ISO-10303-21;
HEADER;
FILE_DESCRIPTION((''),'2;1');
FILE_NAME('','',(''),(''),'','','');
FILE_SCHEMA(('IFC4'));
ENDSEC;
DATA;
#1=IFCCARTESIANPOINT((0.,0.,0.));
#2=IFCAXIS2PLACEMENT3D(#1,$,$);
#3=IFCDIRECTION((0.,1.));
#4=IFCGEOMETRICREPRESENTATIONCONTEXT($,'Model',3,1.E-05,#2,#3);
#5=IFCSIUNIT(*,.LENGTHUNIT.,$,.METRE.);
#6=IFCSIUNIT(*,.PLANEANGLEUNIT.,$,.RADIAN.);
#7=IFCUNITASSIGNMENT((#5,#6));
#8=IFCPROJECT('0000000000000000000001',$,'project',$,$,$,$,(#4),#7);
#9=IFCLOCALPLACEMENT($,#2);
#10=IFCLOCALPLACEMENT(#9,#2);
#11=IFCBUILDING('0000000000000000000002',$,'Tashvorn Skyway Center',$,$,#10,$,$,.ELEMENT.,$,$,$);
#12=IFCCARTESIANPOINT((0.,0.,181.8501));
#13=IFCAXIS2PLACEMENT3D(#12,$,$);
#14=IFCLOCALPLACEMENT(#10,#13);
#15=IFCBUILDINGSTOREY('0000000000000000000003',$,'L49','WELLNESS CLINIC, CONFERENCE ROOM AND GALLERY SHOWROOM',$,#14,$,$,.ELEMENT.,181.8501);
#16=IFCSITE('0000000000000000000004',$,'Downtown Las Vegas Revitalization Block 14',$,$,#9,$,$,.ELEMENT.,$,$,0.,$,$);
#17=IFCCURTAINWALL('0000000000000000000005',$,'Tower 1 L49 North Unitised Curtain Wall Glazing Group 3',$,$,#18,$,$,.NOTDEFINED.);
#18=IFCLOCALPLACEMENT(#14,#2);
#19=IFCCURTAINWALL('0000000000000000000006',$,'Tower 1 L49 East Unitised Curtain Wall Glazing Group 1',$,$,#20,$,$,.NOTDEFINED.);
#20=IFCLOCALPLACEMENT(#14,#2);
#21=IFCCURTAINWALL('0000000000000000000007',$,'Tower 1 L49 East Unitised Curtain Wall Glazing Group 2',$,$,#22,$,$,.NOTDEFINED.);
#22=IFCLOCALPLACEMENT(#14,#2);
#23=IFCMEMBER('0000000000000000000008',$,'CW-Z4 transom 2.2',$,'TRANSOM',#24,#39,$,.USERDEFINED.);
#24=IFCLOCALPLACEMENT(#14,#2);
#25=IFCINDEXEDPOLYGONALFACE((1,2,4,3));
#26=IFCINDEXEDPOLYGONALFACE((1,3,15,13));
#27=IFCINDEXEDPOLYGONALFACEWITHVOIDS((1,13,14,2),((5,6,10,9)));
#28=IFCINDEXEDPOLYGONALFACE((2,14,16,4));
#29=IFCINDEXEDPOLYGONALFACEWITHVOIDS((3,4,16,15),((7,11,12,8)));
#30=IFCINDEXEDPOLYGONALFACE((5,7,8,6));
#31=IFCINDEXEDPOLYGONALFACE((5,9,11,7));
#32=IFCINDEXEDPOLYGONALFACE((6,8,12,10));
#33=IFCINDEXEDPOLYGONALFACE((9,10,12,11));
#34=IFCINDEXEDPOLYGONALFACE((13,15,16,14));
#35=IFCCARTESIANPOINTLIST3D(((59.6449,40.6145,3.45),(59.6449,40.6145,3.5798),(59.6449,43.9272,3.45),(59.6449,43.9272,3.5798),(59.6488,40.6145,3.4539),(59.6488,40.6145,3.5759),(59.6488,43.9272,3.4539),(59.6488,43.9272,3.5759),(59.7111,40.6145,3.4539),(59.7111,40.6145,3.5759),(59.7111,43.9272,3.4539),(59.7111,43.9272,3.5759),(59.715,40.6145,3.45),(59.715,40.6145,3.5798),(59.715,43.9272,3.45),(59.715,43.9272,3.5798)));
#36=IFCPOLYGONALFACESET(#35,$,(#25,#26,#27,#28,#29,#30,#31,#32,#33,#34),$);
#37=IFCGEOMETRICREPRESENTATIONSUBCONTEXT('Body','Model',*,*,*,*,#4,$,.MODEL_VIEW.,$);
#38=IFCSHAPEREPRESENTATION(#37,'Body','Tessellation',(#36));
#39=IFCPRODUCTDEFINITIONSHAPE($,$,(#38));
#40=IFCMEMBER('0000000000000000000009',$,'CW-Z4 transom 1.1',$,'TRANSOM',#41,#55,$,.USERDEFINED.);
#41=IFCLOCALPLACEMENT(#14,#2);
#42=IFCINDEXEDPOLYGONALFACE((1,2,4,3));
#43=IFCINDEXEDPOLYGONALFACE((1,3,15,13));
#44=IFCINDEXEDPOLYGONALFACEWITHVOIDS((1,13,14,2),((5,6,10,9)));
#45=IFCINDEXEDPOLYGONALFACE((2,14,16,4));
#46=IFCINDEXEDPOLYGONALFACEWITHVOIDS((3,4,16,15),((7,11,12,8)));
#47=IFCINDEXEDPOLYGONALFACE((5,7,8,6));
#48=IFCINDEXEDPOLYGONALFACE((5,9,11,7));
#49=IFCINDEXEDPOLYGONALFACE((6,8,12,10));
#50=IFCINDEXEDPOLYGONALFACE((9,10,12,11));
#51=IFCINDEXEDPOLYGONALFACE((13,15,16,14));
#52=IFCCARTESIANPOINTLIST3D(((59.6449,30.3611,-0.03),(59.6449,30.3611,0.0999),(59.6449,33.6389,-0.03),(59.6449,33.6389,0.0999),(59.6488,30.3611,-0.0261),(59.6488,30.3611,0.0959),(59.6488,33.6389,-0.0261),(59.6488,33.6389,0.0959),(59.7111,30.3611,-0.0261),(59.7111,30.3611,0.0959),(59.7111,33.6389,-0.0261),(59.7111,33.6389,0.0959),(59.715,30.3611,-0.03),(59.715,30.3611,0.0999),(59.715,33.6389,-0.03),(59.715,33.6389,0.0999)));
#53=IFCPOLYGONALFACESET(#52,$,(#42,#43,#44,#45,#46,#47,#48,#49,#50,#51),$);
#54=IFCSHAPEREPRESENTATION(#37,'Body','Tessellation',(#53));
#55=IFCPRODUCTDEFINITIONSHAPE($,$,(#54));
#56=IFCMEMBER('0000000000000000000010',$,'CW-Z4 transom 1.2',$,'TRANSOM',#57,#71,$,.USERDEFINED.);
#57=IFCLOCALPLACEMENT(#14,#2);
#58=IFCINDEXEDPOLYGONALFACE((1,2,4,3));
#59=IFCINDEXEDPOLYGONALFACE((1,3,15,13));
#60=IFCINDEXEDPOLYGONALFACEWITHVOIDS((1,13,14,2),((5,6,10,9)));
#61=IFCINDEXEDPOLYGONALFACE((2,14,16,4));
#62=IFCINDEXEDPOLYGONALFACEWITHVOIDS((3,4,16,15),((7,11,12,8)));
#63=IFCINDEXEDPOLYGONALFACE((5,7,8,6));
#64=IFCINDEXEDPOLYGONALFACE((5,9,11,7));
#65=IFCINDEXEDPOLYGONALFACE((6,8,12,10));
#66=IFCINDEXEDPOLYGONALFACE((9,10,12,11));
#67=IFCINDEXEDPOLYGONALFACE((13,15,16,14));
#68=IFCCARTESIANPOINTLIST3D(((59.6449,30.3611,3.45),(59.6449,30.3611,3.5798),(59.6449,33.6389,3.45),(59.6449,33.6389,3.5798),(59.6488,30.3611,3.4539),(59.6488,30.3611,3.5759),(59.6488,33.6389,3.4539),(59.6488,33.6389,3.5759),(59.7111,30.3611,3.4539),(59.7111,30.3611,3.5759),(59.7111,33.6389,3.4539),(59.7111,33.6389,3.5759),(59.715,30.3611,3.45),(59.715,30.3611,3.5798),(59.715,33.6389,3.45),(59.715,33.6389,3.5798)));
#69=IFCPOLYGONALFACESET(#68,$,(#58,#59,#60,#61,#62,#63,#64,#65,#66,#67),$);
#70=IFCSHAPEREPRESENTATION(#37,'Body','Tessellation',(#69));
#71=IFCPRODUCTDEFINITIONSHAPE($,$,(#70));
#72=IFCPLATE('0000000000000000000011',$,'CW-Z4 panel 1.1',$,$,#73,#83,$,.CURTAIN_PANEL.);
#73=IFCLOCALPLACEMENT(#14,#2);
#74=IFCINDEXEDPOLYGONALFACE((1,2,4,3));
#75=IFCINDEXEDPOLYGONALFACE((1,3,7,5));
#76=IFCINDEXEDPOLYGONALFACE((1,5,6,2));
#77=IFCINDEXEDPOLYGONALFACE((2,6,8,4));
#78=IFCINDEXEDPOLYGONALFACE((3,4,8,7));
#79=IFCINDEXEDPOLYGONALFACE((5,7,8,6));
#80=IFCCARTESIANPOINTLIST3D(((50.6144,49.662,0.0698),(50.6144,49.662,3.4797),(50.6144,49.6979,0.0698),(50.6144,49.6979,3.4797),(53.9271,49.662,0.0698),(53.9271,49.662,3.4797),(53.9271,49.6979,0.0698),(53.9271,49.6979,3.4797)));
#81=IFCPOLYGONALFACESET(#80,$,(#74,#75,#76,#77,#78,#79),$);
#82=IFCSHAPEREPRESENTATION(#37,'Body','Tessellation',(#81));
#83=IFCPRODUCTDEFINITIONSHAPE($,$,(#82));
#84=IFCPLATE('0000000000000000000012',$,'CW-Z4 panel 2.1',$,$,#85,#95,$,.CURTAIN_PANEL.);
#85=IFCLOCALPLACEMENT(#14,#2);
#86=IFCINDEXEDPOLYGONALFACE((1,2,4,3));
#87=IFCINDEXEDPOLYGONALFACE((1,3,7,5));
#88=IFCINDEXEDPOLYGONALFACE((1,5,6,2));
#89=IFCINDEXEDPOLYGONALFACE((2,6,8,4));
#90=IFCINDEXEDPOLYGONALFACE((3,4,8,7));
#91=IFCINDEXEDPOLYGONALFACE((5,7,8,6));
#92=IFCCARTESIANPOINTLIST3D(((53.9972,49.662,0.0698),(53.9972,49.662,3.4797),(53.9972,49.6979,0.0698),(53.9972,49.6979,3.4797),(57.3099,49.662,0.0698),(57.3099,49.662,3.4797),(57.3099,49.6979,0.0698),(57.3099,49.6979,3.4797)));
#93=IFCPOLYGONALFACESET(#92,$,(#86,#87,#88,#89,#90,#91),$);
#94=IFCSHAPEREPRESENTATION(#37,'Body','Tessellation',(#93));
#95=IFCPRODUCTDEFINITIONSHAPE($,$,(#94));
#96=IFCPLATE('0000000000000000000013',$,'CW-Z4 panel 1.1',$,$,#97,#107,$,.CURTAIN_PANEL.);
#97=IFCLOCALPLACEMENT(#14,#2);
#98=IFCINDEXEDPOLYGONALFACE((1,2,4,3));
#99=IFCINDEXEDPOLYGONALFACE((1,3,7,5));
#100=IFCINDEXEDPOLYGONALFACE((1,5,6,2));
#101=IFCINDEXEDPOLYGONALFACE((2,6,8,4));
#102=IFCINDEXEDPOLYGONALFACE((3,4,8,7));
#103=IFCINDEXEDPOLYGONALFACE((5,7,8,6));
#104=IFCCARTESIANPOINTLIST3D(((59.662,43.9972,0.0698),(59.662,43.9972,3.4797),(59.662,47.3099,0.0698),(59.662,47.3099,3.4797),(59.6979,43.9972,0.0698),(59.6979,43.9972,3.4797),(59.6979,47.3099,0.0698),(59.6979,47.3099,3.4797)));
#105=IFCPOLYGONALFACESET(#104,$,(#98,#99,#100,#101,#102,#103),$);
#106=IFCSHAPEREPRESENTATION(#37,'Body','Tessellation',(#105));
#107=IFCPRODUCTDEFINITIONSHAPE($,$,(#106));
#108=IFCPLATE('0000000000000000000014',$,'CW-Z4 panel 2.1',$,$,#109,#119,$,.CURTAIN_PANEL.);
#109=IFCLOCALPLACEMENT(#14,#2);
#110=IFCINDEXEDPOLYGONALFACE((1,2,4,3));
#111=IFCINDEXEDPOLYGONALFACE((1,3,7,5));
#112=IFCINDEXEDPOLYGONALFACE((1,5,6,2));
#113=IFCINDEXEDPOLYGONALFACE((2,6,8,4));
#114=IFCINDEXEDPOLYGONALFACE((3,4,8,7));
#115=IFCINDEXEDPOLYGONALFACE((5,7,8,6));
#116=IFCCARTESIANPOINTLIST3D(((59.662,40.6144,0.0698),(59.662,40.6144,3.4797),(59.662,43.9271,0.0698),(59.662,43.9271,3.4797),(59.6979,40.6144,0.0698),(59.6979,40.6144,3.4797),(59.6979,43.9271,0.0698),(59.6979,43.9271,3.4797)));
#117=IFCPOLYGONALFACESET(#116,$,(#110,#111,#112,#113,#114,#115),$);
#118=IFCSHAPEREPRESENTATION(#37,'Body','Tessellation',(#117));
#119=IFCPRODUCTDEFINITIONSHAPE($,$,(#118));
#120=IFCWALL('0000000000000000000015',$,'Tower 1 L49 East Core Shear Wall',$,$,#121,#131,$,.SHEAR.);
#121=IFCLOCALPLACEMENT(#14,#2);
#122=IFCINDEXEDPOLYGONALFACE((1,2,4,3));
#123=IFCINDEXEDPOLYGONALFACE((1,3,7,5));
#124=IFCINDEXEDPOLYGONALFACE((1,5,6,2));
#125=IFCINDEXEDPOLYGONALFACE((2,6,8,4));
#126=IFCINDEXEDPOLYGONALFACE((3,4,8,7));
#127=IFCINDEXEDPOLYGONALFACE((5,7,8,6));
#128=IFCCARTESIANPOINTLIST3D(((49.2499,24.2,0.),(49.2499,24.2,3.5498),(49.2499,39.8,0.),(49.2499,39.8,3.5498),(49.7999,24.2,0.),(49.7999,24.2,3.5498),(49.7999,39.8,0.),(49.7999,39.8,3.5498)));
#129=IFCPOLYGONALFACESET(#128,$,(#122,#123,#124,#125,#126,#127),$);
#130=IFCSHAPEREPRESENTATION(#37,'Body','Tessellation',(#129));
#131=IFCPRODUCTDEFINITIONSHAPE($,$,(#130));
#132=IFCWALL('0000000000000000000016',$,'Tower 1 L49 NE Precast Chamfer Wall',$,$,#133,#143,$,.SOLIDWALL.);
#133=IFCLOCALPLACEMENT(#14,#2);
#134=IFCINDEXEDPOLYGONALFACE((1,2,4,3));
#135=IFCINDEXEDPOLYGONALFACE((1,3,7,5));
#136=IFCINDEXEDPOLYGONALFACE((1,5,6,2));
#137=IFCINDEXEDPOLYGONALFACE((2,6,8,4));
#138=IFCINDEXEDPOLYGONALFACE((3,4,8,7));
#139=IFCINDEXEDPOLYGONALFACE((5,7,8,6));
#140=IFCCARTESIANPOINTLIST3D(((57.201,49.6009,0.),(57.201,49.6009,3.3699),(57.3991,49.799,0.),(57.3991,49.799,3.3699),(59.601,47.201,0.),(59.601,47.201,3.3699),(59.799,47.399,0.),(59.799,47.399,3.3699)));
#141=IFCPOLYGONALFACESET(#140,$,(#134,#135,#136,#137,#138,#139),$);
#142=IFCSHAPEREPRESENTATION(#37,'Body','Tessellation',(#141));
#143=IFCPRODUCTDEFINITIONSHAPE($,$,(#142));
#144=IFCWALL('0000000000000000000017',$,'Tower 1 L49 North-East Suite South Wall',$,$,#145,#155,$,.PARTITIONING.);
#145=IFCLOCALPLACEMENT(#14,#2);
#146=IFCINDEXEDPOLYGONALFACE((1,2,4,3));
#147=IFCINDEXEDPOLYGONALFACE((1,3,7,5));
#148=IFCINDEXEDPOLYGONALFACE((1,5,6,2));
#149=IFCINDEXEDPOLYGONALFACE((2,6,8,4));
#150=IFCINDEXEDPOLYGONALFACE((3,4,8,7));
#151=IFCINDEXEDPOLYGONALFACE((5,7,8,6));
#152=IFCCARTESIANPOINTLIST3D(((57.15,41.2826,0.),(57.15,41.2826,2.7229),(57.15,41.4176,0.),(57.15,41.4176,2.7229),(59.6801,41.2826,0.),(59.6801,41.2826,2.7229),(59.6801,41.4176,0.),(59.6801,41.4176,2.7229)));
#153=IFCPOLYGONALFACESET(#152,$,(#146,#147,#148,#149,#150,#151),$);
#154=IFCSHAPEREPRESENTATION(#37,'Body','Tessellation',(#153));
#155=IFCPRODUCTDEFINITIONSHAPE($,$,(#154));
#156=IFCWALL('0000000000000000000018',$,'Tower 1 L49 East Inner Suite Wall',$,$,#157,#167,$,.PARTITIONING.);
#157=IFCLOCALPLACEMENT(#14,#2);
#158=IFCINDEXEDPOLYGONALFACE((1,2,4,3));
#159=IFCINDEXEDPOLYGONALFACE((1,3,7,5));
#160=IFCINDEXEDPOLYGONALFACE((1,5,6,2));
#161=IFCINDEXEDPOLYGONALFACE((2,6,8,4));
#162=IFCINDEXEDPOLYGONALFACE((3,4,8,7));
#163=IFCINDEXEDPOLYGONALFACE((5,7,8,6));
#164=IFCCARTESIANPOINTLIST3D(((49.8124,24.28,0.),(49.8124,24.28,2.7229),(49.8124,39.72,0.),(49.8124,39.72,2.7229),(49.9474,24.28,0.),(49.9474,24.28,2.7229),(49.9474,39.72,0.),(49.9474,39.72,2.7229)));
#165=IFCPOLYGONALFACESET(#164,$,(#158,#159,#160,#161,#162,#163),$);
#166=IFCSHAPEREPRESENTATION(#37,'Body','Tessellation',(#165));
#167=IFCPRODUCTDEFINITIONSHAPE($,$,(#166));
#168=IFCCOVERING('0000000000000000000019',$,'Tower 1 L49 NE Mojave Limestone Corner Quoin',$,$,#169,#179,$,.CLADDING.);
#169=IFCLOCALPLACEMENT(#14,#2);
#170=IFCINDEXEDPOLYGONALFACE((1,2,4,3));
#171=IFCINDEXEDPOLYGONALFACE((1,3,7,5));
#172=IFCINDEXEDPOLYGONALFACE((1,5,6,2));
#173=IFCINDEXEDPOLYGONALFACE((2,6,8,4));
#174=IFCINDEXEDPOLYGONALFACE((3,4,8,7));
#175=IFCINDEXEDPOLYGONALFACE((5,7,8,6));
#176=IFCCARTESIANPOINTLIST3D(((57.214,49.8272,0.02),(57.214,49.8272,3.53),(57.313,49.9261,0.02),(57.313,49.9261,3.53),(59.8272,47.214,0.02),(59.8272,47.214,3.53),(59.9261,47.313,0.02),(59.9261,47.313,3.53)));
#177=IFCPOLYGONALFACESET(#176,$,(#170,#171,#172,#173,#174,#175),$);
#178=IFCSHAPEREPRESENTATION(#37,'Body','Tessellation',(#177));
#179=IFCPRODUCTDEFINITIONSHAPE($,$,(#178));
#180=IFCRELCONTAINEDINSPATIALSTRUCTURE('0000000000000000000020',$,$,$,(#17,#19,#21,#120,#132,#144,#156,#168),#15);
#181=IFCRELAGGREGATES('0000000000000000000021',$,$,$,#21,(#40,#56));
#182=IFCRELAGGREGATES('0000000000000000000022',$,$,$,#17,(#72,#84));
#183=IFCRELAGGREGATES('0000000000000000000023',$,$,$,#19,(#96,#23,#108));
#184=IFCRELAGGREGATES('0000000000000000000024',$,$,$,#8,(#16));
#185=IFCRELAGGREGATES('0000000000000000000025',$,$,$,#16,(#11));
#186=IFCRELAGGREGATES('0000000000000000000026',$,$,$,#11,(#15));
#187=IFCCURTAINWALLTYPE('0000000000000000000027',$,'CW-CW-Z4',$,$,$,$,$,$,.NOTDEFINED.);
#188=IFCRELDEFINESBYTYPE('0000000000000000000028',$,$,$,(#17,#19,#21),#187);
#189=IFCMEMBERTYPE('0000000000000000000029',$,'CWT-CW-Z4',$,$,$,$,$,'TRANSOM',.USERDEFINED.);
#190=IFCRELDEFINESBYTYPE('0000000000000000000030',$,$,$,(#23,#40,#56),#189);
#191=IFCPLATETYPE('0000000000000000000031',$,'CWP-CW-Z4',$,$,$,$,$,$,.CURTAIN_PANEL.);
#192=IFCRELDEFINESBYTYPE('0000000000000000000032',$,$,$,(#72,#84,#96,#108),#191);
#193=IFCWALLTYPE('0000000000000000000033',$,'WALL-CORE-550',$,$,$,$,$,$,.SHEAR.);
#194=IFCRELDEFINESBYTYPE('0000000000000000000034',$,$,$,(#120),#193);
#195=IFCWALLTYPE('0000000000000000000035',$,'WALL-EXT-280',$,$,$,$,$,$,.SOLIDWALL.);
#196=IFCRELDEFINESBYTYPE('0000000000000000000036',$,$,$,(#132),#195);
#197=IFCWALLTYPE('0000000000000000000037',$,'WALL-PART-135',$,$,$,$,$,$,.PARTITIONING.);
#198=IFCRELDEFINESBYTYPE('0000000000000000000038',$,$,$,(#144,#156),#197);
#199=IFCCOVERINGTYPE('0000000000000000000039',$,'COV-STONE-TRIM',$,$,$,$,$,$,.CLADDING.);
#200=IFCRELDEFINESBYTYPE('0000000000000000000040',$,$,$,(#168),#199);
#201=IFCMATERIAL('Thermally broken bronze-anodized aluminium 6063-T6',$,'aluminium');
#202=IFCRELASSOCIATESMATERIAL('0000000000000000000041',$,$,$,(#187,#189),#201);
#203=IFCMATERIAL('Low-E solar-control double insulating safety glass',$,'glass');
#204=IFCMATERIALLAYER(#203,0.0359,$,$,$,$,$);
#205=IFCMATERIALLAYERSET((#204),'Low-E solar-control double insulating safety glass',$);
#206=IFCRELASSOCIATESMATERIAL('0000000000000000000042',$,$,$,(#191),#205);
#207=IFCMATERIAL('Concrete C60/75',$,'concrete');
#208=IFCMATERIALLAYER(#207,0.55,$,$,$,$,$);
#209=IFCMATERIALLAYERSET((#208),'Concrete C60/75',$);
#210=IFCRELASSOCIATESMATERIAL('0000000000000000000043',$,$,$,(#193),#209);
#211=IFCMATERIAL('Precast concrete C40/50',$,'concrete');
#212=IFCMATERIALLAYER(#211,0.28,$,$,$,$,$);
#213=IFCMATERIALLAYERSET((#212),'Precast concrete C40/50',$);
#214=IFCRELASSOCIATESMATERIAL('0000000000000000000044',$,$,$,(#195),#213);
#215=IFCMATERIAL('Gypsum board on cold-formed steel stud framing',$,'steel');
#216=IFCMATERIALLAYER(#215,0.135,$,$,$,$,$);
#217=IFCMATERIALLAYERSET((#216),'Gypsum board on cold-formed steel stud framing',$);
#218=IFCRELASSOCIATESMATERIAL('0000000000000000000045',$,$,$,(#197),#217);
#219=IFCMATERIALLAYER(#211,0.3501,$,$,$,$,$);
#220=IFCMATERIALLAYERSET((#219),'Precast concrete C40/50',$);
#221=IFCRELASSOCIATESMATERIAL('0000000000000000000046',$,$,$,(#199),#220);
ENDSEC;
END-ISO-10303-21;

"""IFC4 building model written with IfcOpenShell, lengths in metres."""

from ifc_helpers import new_model, si_unit, direction, frame, frame_2d, origin, origin_2d, place, context, subcontext, project, spatial, rectangle, hollow_rectangle, extrude, material, layer, layer_set, material_profile, profile_set, type_object, element, aggregate, save


model = new_model("IFC4")

# Units and contexts
model_context = context("Model", 3, precision=1e-05, world=origin(), true_north=direction((0.0, 1.0)))
body_context = subcontext(model_context, "Body", "Model", "MODEL_VIEW")
ifc_project = project(units=[si_unit("LENGTHUNIT", "METRE"), si_unit("PLANEANGLEUNIT", "RADIAN")], contexts=[model_context])

# Site, building, storey
site_placement = place(None, origin())
site = spatial("IfcSite", under=ifc_project, at=site_placement, Name="Downtown Las Vegas Revitalization Block 14", CompositionType="ELEMENT", RefElevation=0.0)
building_placement = place(site_placement, origin())
building = spatial("IfcBuilding", under=site, at=building_placement, Name="Tashvorn Skyway Center", CompositionType="ELEMENT")
storey_placement = place(building_placement, frame((0.0, 0.0, 181.8501)))
storey = spatial("IfcBuildingStorey", under=building, at=storey_placement, Name="L49", Description="WELLNESS CLINIC, CONFERENCE ROOM AND GALLERY SHOWROOM", CompositionType="ELEMENT", Elevation=181.8501)

# Curtain walls
ifc_material_1 = material(Name="Thermally broken bronze-anodized aluminium 6063-T6", Category="aluminium")
curtain_wall_type = type_object("IfcCurtainWallType", Name="CW-CW-Z4", PredefinedType="NOTDEFINED", material=ifc_material_1)
curtain_wall_1_placement = place(storey_placement, origin())
curtain_wall_1 = element("IfcCurtainWall", 1, at=curtain_wall_1_placement, inside=storey, type_object=curtain_wall_type, Name="Tower 1 L49 North Unitised Curtain Wall Glazing Group 3", PredefinedType="NOTDEFINED")
curtain_wall_2_placement = place(storey_placement, origin())
curtain_wall_2 = element("IfcCurtainWall", 2, at=curtain_wall_2_placement, inside=storey, type_object=curtain_wall_type, Name="Tower 1 L49 East Unitised Curtain Wall Glazing Group 1", PredefinedType="NOTDEFINED")

# Curtain wall
curtain_wall_3_placement = place(storey_placement, origin())
curtain_wall_3 = element("IfcCurtainWall", 3, at=curtain_wall_3_placement, inside=storey, type_object=curtain_wall_type, Name="Tower 1 L49 East Unitised Curtain Wall Glazing Group 2", PredefinedType="NOTDEFINED")

# Members
ifc_material_profile_1 = material_profile(ifc_material_1, hollow_rectangle(XDim=0.0701, YDim=0.1299, WallThickness=0.0039, at=origin_2d()), Name="ALU-TRAN-70x130")
ifc_profile_set_1 = profile_set([ifc_material_profile_1], Name="Thermally broken bronze-anodized aluminium 6063-T6")
member_type_1 = type_object("IfcMemberType", Name="CWT-CW-Z4", ElementType="TRANSOM", PredefinedType="USERDEFINED", material=ifc_profile_set_1)
member_1_placement = place(storey_placement, frame((59.6799, 43.9272, 3.5149), z_axis=(0.0, -1.0, 0.0), x_axis=(1.0, 0.0, 0.0)))
member_1 = element("IfcMember", 4, at=member_1_placement, type_object=member_type_1, Name="CW-Z4 transom 2.2", ObjectType="TRANSOM", PredefinedType="USERDEFINED", context=body_context, shape_type="SweptSolid", body=[
    extrude(hollow_rectangle(XDim=0.0701, YDim=0.1299, WallThickness=0.0039, at=origin_2d()), origin(), (0.0, 0.0, 1.0), 3.3127),
])
member_2_placement = place(storey_placement, frame((59.6799, 33.6389, 0.0349), z_axis=(0.0, -1.0, 0.0), x_axis=(1.0, 0.0, 0.0)))
member_2 = element("IfcMember", 5, at=member_2_placement, type_object=member_type_1, Name="CW-Z4 transom 1.1", ObjectType="TRANSOM", PredefinedType="USERDEFINED", context=body_context, shape_type="SweptSolid", body=[
    extrude(hollow_rectangle(XDim=0.0701, YDim=0.1299, WallThickness=0.0039, at=origin_2d()), origin(), (0.0, 0.0, 1.0), 3.2778),
])
member_3_placement = place(storey_placement, frame((59.6799, 33.6389, 3.5149), z_axis=(0.0, -1.0, 0.0), x_axis=(1.0, 0.0, 0.0)))
member_3 = element("IfcMember", 6, at=member_3_placement, type_object=member_type_1, Name="CW-Z4 transom 1.2", ObjectType="TRANSOM", PredefinedType="USERDEFINED", context=body_context, shape_type="SweptSolid", body=[
    extrude(hollow_rectangle(XDim=0.0701, YDim=0.1299, WallThickness=0.0039, at=origin_2d()), origin(), (0.0, 0.0, 1.0), 3.2778),
])
aggregate(curtain_wall_3, [member_2, member_3])

# Plates
ifc_material_2 = material(Name="Low-E solar-control double insulating safety glass", Category="glass")
ifc_layer_1 = layer(ifc_material_2, 0.0359)
ifc_layer_set_1 = layer_set([ifc_layer_1], Name="Low-E solar-control double insulating safety glass")
plate_type = type_object("IfcPlateType", Name="CWP-CW-Z4", PredefinedType="CURTAIN_PANEL", material=ifc_layer_set_1)
plate_1_placement = place(storey_placement, frame((52.2708, 49.6799, 0.0698), z_axis=(0.0, 0.0, 1.0), x_axis=(1.0, 0.0, 0.0)))
plate_1 = element("IfcPlate", 7, at=plate_1_placement, type_object=plate_type, Name="CW-Z4 panel 1.1", PredefinedType="CURTAIN_PANEL", context=body_context, shape_type="SweptSolid", body=[
    extrude(rectangle(XDim=3.3127, YDim=0.0359, at=origin_2d()), origin(), (0.0, 0.0, 1.0), 3.4099),
])
plate_2_placement = place(storey_placement, frame((55.6536, 49.6799, 0.0698), z_axis=(0.0, 0.0, 1.0), x_axis=(1.0, 0.0, 0.0)))
plate_2 = element("IfcPlate", 8, at=plate_2_placement, type_object=plate_type, Name="CW-Z4 panel 2.1", PredefinedType="CURTAIN_PANEL", context=body_context, shape_type="SweptSolid", body=[
    extrude(rectangle(XDim=3.3127, YDim=0.0359, at=origin_2d()), origin(), (0.0, 0.0, 1.0), 3.4099),
])
aggregate(curtain_wall_1, [plate_1, plate_2])
plate_3_placement = place(storey_placement, frame((59.6799, 45.6536, 0.0698), z_axis=(0.0, 0.0, 1.0), x_axis=(0.0, -1.0, 0.0)))
plate_3 = element("IfcPlate", 9, at=plate_3_placement, type_object=plate_type, Name="CW-Z4 panel 1.1", PredefinedType="CURTAIN_PANEL", context=body_context, shape_type="SweptSolid", body=[
    extrude(rectangle(XDim=3.3127, YDim=0.0359, at=origin_2d()), origin(), (0.0, 0.0, 1.0), 3.4099),
])
plate_4_placement = place(storey_placement, frame((59.6799, 42.2708, 0.0698), z_axis=(0.0, 0.0, 1.0), x_axis=(0.0, -1.0, 0.0)))
plate_4 = element("IfcPlate", 10, at=plate_4_placement, type_object=plate_type, Name="CW-Z4 panel 2.1", PredefinedType="CURTAIN_PANEL", context=body_context, shape_type="SweptSolid", body=[
    extrude(rectangle(XDim=3.3127, YDim=0.0359, at=origin_2d()), origin(), (0.0, 0.0, 1.0), 3.4099),
])
aggregate(curtain_wall_2, [plate_3, member_1, plate_4])

# Walls
ifc_material_3 = material(Name="Concrete C60/75", Category="concrete")
ifc_layer_2 = layer(ifc_material_3, 0.55)
ifc_layer_set_2 = layer_set([ifc_layer_2], Name="Concrete C60/75")
wall_type_1 = type_object("IfcWallType", Name="WALL-CORE-550", PredefinedType="SHEAR", material=ifc_layer_set_2)
wall_1_placement = place(storey_placement, frame((49.5249, 39.8, 0.0), z_axis=(0.0, 0.0, 1.0), x_axis=(0.0, -1.0, 0.0)))
element("IfcWall", 11, at=wall_1_placement, inside=storey, type_object=wall_type_1, Name="Tower 1 L49 East Core Shear Wall", PredefinedType="SHEAR", context=body_context, shape_type="SweptSolid", body=[
    extrude(rectangle(XDim=15.6001, YDim=0.55, at=frame_2d((7.8, 0.0))), origin(), (0.0, 0.0, 1.0), 3.5498),
])
ifc_material_4 = material(Name="Precast concrete C40/50", Category="concrete")
ifc_layer_3 = layer(ifc_material_4, 0.28)
ifc_layer_set_3 = layer_set([ifc_layer_3], Name="Precast concrete C40/50")
wall_type_2 = type_object("IfcWallType", Name="WALL-EXT-280", PredefinedType="SOLIDWALL", material=ifc_layer_set_3)
wall_2_placement = place(storey_placement, frame((57.3, 49.7, 0.0), z_axis=(0.0, 0.0, 1.0), x_axis=(0.707107, -0.707107, 0.0)))
element("IfcWall", 12, at=wall_2_placement, inside=storey, type_object=wall_type_2, Name="Tower 1 L49 NE Precast Chamfer Wall", PredefinedType="SOLIDWALL", context=body_context, shape_type="SweptSolid", body=[
    extrude(rectangle(XDim=3.394, YDim=0.28, at=frame_2d((1.697, 0.0))), origin(), (0.0, 0.0, 1.0), 3.3699),
])
ifc_material_5 = material(Name="Gypsum board on cold-formed steel stud framing", Category="steel")
ifc_layer_4 = layer(ifc_material_5, 0.135)
ifc_layer_set_4 = layer_set([ifc_layer_4], Name="Gypsum board on cold-formed steel stud framing")
wall_type_3 = type_object("IfcWallType", Name="WALL-PART-135", PredefinedType="PARTITIONING", material=ifc_layer_set_4)
wall_3_placement = place(storey_placement, frame((57.1499, 41.3501, 0.0), z_axis=(0.0, 0.0, 1.0), x_axis=(1.0, 0.0, 0.0)))
element("IfcWall", 13, at=wall_3_placement, inside=storey, type_object=wall_type_3, Name="Tower 1 L49 North-East Suite South Wall", PredefinedType="PARTITIONING", context=body_context, shape_type="SweptSolid", body=[
    extrude(rectangle(XDim=2.53, YDim=0.135, at=frame_2d((1.2651, 0.0))), origin(), (0.0, 0.0, 1.0), 2.7229),
])
wall_4_placement = place(storey_placement, frame((49.8799, 39.72, 0.0), z_axis=(0.0, 0.0, 1.0), x_axis=(0.0, -1.0, 0.0)))
element("IfcWall", 14, at=wall_4_placement, inside=storey, type_object=wall_type_3, Name="Tower 1 L49 East Inner Suite Wall", PredefinedType="PARTITIONING", context=body_context, shape_type="SweptSolid", body=[
    extrude(rectangle(XDim=15.4399, YDim=0.135, at=frame_2d((7.72, 0.0))), origin(), (0.0, 0.0, 1.0), 2.7229),
])

# Covering
ifc_layer_5 = layer(ifc_material_4, 0.3501)
ifc_layer_set_5 = layer_set([ifc_layer_5], Name="Precast concrete C40/50")
covering_type = type_object("IfcCoveringType", Name="COV-STONE-TRIM", PredefinedType="CLADDING", material=ifc_layer_set_5)
covering_placement = place(storey_placement, frame((58.5701, 48.5701, 0.02), z_axis=(0.0, 0.0, 1.0), x_axis=(0.707107, -0.707107, 0.0)))
element("IfcCovering", 15, at=covering_placement, inside=storey, type_object=covering_type, Name="Tower 1 L49 NE Mojave Limestone Corner Quoin", PredefinedType="CLADDING", context=body_context, shape_type="SweptSolid", body=[
    extrude(rectangle(XDim=3.6956, YDim=0.1399, at=origin_2d()), origin(), (0.0, 0.0, 1.0), 3.51),
])

save(model, "model.ifc")
